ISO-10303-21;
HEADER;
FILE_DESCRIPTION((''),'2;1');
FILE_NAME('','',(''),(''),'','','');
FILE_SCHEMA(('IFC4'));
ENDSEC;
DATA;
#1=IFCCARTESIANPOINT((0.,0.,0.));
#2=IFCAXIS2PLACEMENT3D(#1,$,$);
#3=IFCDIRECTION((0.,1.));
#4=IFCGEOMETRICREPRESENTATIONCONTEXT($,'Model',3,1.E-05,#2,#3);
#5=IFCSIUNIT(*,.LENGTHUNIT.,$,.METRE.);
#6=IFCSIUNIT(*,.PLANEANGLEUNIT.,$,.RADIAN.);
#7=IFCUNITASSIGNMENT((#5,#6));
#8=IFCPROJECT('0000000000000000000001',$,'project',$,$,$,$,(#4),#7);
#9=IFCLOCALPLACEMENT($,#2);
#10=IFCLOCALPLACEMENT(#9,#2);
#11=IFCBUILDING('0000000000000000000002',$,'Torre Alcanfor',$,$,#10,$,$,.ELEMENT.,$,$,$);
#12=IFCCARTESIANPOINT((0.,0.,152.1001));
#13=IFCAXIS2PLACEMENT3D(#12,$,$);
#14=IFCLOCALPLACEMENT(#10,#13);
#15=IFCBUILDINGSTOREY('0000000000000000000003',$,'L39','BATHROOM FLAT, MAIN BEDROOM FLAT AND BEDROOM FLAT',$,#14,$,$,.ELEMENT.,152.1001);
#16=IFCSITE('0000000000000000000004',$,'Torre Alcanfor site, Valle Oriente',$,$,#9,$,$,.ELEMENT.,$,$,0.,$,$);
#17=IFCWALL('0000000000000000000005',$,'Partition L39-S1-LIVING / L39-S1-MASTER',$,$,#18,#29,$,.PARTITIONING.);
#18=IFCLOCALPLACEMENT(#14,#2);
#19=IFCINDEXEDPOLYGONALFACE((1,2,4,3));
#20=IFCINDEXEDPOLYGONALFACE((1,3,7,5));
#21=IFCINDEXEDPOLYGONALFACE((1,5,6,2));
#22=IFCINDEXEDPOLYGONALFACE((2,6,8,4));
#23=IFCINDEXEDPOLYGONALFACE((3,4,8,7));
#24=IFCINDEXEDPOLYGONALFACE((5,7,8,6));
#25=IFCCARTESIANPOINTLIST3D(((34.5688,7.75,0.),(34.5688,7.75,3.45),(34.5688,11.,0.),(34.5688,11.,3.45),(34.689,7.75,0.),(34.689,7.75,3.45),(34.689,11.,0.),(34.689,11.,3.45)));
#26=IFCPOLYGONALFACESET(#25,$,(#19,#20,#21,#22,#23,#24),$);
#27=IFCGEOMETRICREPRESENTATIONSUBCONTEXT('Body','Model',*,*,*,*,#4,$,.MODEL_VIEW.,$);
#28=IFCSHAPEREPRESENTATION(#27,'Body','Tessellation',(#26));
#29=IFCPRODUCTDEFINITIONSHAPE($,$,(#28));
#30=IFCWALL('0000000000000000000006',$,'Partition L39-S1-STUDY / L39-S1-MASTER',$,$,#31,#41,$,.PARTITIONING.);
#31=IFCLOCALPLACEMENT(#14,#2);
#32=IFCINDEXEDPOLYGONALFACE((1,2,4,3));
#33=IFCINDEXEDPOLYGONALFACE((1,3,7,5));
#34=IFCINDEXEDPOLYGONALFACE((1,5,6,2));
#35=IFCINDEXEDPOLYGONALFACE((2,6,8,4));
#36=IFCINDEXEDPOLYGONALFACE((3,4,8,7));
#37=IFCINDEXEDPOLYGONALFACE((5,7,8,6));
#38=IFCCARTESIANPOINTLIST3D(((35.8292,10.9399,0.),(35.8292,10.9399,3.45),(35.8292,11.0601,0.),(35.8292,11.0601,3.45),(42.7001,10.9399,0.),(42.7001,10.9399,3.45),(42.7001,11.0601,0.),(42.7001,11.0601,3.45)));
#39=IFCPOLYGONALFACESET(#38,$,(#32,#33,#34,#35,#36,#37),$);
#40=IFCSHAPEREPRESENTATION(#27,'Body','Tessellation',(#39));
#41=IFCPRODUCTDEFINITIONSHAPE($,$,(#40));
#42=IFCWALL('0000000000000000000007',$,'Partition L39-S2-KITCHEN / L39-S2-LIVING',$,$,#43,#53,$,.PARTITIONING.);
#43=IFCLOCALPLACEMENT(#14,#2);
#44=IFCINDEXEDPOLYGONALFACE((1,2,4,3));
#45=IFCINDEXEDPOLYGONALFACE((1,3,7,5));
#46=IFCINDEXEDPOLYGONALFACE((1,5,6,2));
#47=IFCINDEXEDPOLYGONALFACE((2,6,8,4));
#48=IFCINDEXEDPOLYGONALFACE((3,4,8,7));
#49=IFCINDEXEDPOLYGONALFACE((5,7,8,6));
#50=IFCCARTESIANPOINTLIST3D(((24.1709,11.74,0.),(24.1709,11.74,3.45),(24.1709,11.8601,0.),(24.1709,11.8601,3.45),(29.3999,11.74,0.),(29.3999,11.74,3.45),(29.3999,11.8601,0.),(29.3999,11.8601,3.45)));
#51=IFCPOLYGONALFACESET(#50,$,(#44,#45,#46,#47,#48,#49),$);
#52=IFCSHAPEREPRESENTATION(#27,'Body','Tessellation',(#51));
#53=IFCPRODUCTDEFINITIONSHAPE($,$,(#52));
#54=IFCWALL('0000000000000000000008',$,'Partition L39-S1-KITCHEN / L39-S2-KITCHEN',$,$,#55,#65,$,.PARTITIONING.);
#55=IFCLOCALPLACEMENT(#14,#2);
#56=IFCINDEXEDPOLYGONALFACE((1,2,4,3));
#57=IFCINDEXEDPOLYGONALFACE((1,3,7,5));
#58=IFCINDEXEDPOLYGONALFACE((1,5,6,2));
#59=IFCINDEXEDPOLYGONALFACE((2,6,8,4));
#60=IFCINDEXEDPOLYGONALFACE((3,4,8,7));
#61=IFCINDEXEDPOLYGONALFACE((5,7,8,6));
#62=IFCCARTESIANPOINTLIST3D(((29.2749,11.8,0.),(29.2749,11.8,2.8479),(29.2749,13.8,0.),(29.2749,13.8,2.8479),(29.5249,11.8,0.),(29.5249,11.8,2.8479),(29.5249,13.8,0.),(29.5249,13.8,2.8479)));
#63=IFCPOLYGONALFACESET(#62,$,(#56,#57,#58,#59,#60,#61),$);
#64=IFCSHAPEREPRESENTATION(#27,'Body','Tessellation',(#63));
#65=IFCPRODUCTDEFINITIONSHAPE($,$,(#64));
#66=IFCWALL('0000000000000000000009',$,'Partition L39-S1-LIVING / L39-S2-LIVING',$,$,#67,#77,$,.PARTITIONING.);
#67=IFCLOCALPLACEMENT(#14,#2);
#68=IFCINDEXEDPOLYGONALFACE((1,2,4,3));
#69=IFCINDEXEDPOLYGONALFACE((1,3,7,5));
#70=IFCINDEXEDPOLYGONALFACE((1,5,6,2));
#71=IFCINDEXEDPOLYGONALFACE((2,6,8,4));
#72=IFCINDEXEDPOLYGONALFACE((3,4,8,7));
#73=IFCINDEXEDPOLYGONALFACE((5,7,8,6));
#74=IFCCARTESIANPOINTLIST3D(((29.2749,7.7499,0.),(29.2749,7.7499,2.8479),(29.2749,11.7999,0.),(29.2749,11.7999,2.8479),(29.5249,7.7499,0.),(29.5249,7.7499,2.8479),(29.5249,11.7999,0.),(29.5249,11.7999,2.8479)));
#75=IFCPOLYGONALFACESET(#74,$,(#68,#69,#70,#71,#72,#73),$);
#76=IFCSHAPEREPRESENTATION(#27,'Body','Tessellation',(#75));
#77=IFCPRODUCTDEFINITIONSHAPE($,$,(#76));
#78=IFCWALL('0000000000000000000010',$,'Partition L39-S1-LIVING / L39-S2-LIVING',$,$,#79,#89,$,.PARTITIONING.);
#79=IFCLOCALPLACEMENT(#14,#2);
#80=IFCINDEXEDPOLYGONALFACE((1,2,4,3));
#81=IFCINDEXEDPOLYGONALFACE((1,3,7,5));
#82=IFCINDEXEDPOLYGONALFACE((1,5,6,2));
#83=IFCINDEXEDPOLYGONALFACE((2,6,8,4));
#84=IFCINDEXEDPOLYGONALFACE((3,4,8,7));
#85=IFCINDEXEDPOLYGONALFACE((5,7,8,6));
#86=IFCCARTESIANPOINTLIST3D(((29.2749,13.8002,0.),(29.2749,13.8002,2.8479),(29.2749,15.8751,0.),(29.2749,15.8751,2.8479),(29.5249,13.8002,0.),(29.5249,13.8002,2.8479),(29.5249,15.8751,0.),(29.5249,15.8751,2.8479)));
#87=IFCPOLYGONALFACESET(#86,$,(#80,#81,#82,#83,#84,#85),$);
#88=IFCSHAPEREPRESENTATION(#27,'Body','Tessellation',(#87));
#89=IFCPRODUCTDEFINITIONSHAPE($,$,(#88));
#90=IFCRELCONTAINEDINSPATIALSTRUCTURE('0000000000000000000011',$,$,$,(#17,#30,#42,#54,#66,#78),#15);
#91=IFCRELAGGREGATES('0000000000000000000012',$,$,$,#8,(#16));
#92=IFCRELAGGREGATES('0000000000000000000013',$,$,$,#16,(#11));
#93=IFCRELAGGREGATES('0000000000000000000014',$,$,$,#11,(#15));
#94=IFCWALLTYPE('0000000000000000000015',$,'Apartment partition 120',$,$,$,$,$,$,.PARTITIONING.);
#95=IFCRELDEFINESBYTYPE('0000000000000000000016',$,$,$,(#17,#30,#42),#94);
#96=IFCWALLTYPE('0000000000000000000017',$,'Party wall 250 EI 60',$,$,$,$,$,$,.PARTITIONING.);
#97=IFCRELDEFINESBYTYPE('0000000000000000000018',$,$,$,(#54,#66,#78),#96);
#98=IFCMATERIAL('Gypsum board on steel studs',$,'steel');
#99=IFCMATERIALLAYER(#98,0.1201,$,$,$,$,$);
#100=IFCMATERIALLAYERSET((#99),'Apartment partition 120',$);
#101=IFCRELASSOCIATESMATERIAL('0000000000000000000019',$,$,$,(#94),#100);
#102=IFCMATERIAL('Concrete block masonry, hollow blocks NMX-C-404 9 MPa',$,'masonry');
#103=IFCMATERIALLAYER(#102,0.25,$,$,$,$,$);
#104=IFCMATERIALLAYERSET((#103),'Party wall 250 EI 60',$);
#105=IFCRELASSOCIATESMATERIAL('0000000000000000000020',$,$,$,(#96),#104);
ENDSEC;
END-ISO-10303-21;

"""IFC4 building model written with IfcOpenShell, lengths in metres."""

from ifc_helpers import new_model, si_unit, direction, frame, frame_2d, origin, place, context, subcontext, project, spatial, rectangle, extrude, material, layer, layer_set, type_object, element, save


model = new_model("IFC4")

# Units and contexts
model_context = context("Model", 3, precision=1e-05, world=origin(), true_north=direction((0.0, 1.0)))
body_context = subcontext(model_context, "Body", "Model", "MODEL_VIEW")
ifc_project = project(units=[si_unit("LENGTHUNIT", "METRE"), si_unit("PLANEANGLEUNIT", "RADIAN")], contexts=[model_context])

# Site, building, storey
site_placement = place(None, origin())
site = spatial("IfcSite", under=ifc_project, at=site_placement, Name="Torre Alcanfor site, Valle Oriente", CompositionType="ELEMENT", RefElevation=0.0)
building_placement = place(site_placement, origin())
building = spatial("IfcBuilding", under=site, at=building_placement, Name="Torre Alcanfor", CompositionType="ELEMENT")
storey_placement = place(building_placement, frame((0.0, 0.0, 152.1001)))
storey = spatial("IfcBuildingStorey", under=building, at=storey_placement, Name="L39", Description="BATHROOM FLAT, MAIN BEDROOM FLAT AND BEDROOM FLAT", CompositionType="ELEMENT", Elevation=152.1001)

# Shared definitions
ifc_material_1 = material(Name="Gypsum board on steel studs", Category="steel")
ifc_layer_1 = layer(ifc_material_1, 0.1201)
ifc_layer_set_1 = layer_set([ifc_layer_1], Name="Apartment partition 120")
wall_type_1 = type_object("IfcWallType", Name="Apartment partition 120", PredefinedType="PARTITIONING", material=ifc_layer_set_1)

# Walls
wall_1_placement = place(storey_placement, frame((34.6289, 11.0, 0.0), z_axis=(0.0, 0.0, 1.0), x_axis=(0.0, -1.0, 0.0)))
element("IfcWall", 1, at=wall_1_placement, inside=storey, type_object=wall_type_1, Name="Partition L39-S1-LIVING / L39-S1-MASTER", PredefinedType="PARTITIONING", context=body_context, shape_type="SweptSolid", body=[
    extrude(rectangle(XDim=3.25, YDim=0.1201, at=frame_2d((1.625, 0.0))), origin(), (0.0, 0.0, 1.0), 3.45),
])
wall_2_placement = place(storey_placement, frame((35.8291, 11.0, 0.0), z_axis=(0.0, 0.0, 1.0), x_axis=(1.0, 0.0, 0.0)))
element("IfcWall", 2, at=wall_2_placement, inside=storey, type_object=wall_type_1, Name="Partition L39-S1-STUDY / L39-S1-MASTER", PredefinedType="PARTITIONING", context=body_context, shape_type="SweptSolid", body=[
    extrude(rectangle(XDim=6.8708, YDim=0.1201, at=frame_2d((3.4355, 0.0))), origin(), (0.0, 0.0, 1.0), 3.45),
])
wall_3_placement = place(storey_placement, frame((29.3999, 11.8, 0.0), z_axis=(0.0, 0.0, 1.0), x_axis=(-1.0, 0.0, 0.0)))
element("IfcWall", 3, at=wall_3_placement, inside=storey, type_object=wall_type_1, Name="Partition L39-S2-KITCHEN / L39-S2-LIVING", PredefinedType="PARTITIONING", context=body_context, shape_type="SweptSolid", body=[
    extrude(rectangle(XDim=5.229, YDim=0.1201, at=frame_2d((2.6145, 0.0))), origin(), (0.0, 0.0, 1.0), 3.45),
])
ifc_material_2 = material(Name="Concrete block masonry, hollow blocks NMX-C-404 9 MPa", Category="masonry")
ifc_layer_2 = layer(ifc_material_2, 0.25)
ifc_layer_set_2 = layer_set([ifc_layer_2], Name="Party wall 250 EI 60")
wall_type_2 = type_object("IfcWallType", Name="Party wall 250 EI 60", PredefinedType="PARTITIONING", material=ifc_layer_set_2)
wall_4_placement = place(storey_placement, frame((29.3999, 13.8, 0.0), z_axis=(0.0, 0.0, 1.0), x_axis=(0.0, -1.0, 0.0)))
element("IfcWall", 4, at=wall_4_placement, inside=storey, type_object=wall_type_2, Name="Partition L39-S1-KITCHEN / L39-S2-KITCHEN", PredefinedType="PARTITIONING", context=body_context, shape_type="SweptSolid", body=[
    extrude(rectangle(XDim=2.0, YDim=0.25, at=frame_2d((1.0, 0.0))), origin(), (0.0, 0.0, 1.0), 2.8479),
])
wall_5_placement = place(storey_placement, frame((29.3999, 7.75, 0.0), z_axis=(0.0, 0.0, 1.0), x_axis=(0.0, 1.0, 0.0)))
element("IfcWall", 5, at=wall_5_placement, inside=storey, type_object=wall_type_2, Name="Partition L39-S1-LIVING / L39-S2-LIVING", PredefinedType="PARTITIONING", context=body_context, shape_type="SweptSolid", body=[
    extrude(rectangle(XDim=4.05, YDim=0.25, at=frame_2d((2.0249, 0.0))), origin(), (0.0, 0.0, 1.0), 2.8479),
])
wall_6_placement = place(storey_placement, frame((29.3999, 13.8, 0.0), z_axis=(0.0, 0.0, 1.0), x_axis=(0.0, 1.0, 0.0)))
element("IfcWall", 6, at=wall_6_placement, inside=storey, type_object=wall_type_2, Name="Partition L39-S1-LIVING / L39-S2-LIVING", PredefinedType="PARTITIONING", context=body_context, shape_type="SweptSolid", body=[
    extrude(rectangle(XDim=2.075, YDim=0.25, at=frame_2d((1.0376, 0.0))), origin(), (0.0, 0.0, 1.0), 2.8479),
])

save(model, "model.ifc")
